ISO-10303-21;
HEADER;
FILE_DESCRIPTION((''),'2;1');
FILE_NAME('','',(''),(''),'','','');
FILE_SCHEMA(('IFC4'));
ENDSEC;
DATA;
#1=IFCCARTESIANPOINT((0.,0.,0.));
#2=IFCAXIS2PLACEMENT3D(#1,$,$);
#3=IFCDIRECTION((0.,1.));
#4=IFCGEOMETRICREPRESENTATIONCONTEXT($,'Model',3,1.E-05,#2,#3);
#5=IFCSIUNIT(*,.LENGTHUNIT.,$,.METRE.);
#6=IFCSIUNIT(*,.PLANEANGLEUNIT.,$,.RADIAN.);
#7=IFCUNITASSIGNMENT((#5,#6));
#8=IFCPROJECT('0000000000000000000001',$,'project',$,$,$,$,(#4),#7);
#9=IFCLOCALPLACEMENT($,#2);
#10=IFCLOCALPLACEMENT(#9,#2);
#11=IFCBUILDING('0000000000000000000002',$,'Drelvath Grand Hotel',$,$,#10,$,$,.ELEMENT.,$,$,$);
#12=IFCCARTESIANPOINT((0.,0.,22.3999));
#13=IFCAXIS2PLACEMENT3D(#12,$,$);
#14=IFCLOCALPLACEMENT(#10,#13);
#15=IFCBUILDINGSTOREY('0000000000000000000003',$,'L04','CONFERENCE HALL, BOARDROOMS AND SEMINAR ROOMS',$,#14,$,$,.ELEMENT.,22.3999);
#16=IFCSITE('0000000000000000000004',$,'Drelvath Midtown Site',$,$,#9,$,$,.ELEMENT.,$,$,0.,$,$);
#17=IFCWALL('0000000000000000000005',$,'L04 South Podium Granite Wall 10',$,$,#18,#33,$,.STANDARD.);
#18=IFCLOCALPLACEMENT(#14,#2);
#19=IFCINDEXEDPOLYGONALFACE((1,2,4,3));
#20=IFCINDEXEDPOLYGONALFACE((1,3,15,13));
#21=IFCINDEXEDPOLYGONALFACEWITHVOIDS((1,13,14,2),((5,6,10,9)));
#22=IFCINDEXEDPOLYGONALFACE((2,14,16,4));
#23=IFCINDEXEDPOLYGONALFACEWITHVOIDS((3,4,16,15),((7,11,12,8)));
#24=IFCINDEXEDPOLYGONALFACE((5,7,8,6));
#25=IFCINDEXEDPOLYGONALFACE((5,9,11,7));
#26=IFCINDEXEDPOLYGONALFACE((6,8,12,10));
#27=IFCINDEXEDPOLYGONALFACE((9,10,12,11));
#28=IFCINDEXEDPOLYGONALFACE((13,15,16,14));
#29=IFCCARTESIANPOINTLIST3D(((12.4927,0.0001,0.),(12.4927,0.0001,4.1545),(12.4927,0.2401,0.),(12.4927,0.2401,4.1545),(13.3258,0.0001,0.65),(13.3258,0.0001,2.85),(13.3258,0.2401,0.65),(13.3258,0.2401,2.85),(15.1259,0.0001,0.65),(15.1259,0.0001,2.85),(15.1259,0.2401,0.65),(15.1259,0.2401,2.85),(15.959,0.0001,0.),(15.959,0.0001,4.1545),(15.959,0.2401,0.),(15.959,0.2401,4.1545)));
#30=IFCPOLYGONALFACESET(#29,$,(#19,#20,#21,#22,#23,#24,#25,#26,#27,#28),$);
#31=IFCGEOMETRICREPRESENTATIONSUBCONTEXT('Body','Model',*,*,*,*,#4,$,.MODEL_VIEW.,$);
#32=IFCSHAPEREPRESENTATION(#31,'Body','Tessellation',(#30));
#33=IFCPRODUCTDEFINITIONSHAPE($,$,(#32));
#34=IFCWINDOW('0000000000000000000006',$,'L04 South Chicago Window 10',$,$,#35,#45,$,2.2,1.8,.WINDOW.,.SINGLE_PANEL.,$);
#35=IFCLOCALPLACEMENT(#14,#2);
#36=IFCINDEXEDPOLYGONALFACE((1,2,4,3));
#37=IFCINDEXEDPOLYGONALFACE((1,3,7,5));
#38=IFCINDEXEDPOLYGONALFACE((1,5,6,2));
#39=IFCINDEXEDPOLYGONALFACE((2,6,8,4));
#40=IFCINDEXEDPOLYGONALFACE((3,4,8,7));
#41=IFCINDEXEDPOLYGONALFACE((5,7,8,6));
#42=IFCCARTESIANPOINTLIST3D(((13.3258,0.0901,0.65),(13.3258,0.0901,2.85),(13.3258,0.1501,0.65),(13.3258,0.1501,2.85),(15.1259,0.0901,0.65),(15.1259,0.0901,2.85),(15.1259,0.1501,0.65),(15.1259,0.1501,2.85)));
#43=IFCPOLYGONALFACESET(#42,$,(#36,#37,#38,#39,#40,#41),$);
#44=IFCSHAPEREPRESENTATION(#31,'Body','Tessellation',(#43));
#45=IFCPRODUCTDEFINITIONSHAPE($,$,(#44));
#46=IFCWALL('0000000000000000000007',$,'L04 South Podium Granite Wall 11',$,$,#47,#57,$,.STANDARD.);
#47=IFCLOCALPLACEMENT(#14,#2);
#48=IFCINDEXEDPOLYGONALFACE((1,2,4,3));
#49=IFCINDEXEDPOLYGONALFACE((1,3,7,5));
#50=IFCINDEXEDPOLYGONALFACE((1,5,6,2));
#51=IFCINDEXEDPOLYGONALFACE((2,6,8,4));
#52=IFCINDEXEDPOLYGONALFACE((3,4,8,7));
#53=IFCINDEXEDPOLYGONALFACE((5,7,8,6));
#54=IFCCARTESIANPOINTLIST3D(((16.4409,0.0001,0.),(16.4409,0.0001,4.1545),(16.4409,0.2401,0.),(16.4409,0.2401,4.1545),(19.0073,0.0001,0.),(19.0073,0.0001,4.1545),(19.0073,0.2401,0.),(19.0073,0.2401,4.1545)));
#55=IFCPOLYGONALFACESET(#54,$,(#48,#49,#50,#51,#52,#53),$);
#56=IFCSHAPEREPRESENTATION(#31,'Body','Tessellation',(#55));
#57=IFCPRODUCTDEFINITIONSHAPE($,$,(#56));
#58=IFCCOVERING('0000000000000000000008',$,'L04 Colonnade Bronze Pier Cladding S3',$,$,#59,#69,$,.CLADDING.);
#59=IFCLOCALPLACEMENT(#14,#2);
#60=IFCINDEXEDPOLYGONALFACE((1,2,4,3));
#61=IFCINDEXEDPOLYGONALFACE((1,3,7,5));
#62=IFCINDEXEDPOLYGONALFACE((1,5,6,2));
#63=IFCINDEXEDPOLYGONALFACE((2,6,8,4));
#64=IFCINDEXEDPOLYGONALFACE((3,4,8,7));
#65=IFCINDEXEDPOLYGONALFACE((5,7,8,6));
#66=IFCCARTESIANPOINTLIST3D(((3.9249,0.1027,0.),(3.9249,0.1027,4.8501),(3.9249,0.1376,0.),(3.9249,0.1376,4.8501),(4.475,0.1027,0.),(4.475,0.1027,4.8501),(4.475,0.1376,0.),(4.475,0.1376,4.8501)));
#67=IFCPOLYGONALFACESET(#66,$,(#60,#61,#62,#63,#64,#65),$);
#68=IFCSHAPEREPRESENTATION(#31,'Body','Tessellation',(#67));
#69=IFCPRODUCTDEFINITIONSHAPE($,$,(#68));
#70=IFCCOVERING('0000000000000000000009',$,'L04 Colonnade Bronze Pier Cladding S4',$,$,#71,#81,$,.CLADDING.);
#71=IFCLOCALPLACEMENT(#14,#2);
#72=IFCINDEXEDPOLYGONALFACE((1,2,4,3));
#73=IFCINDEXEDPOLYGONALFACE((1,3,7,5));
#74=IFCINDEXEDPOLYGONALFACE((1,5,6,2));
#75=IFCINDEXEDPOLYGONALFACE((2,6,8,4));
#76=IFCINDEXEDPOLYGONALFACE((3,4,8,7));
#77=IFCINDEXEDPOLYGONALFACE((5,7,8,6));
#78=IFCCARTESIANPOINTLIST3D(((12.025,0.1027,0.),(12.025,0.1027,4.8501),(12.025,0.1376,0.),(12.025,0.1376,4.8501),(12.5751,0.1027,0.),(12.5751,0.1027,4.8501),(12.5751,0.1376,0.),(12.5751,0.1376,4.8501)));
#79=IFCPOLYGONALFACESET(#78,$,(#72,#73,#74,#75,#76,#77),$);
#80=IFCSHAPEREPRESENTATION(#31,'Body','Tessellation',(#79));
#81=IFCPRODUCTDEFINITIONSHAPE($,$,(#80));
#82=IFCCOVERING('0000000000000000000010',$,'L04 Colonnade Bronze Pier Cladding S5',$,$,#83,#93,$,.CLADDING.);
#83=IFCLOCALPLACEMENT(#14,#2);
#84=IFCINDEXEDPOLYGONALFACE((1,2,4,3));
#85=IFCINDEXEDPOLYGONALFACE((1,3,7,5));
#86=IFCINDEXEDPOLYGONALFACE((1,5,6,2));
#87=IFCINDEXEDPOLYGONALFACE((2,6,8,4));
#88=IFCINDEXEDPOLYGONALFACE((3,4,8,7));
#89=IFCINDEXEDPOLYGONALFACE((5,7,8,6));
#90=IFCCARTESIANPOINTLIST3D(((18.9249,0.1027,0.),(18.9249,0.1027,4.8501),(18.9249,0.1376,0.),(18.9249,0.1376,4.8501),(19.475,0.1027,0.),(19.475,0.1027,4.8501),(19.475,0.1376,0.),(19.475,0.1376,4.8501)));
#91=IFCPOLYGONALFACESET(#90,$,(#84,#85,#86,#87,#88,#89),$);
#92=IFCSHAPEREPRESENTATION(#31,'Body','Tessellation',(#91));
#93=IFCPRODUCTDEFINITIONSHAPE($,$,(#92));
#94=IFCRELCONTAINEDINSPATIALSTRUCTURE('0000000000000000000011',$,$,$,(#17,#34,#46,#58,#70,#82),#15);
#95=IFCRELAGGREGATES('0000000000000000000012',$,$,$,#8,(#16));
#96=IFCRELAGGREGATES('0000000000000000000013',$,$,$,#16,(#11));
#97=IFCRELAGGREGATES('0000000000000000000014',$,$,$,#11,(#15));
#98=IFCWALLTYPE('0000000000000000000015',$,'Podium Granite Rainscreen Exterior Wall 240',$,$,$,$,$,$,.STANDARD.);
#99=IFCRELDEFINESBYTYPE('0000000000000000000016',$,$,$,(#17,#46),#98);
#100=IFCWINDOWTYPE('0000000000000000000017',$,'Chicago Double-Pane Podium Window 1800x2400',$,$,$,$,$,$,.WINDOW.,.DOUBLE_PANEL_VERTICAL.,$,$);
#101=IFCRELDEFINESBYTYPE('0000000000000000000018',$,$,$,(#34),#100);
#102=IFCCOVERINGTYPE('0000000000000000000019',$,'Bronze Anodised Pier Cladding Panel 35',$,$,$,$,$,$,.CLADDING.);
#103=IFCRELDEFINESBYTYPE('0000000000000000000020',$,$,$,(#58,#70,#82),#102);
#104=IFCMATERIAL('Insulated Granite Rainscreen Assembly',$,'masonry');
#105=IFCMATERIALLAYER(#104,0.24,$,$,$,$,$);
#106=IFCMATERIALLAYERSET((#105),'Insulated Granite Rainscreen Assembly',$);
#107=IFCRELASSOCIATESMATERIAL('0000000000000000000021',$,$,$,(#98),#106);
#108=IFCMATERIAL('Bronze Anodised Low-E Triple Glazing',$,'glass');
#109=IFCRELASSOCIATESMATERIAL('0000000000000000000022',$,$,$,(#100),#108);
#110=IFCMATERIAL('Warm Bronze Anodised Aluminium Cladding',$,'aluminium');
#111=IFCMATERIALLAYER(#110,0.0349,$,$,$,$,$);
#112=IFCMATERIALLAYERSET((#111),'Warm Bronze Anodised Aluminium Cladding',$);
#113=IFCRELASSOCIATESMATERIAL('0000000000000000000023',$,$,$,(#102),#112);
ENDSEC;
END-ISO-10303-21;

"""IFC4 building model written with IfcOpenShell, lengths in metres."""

from ifc_helpers import new_model, si_unit, direction, frame, frame_2d, origin, origin_2d, place, context, subcontext, project, spatial, rectangle, extrude, material, layer, layer_set, type_object, element, fill, save


model = new_model("IFC4")

# Units and contexts
model_context = context("Model", 3, precision=1e-05, world=origin(), true_north=direction((0.0, 1.0)))
body_context = subcontext(model_context, "Body", "Model", "MODEL_VIEW")
ifc_project = project(units=[si_unit("LENGTHUNIT", "METRE"), si_unit("PLANEANGLEUNIT", "RADIAN")], contexts=[model_context])

# Site, building, storey
site_placement = place(None, origin())
site = spatial("IfcSite", under=ifc_project, at=site_placement, Name="Drelvath Midtown Site", CompositionType="ELEMENT", RefElevation=0.0)
building_placement = place(site_placement, origin())
building = spatial("IfcBuilding", under=site, at=building_placement, Name="Drelvath Grand Hotel", CompositionType="ELEMENT")
storey_placement = place(building_placement, frame((0.0, 0.0, 22.3999)))
storey = spatial("IfcBuildingStorey", under=building, at=storey_placement, Name="L04", Description="CONFERENCE HALL, BOARDROOMS AND SEMINAR ROOMS", CompositionType="ELEMENT", Elevation=22.3999)

# Wall, opening, window
ifc_material_1 = material(Name="Insulated Granite Rainscreen Assembly", Category="masonry")
ifc_layer_1 = layer(ifc_material_1, 0.24)
ifc_layer_set_1 = layer_set([ifc_layer_1], Name="Insulated Granite Rainscreen Assembly")
wall_type_1 = type_object("IfcWallType", Name="Podium Granite Rainscreen Exterior Wall 240", PredefinedType="STANDARD", material=ifc_layer_set_1)
ifc_material_2 = material(Name="Bronze Anodised Low-E Triple Glazing", Category="glass")
window_type = type_object("IfcWindowType", Name="Chicago Double-Pane Podium Window 1800x2400", PartitioningType="DOUBLE_PANEL_VERTICAL", PredefinedType="WINDOW", material=ifc_material_2)
wall_1_placement = place(storey_placement, frame((15.959, 0.1201, 0.0), z_axis=(0.0, 0.0, 1.0), x_axis=(-1.0, 0.0, 0.0)))
wall_1 = element("IfcWall", 1, at=wall_1_placement, inside=storey, type_object=wall_type_1, Name="L04 South Podium Granite Wall 10", PredefinedType="STANDARD", context=body_context, shape_type="SweptSolid", body=[
    extrude(rectangle(XDim=3.4663, YDim=0.24, at=frame_2d((1.7332, 0.0))), origin(), (0.0, 0.0, 1.0), 4.1545),
])
opening_1_placement = place(wall_1_placement, frame((0.8333, 0.0, 0.6499)))
opening_1 = element("IfcOpeningElement", 2, at=opening_1_placement, cuts=wall_1, PredefinedType="OPENING", context=body_context, shape_type="SweptSolid", body=[
    extrude(rectangle(XDim=1.8, YDim=2.2, at=frame_2d((0.8999, 1.1001))), frame((0.0, 0.1299, 0.0), z_axis=(0.0, -1.0, 0.0), x_axis=(1.0, 0.0, 0.0)), (0.0, 0.0, 1.0), 0.26),
])
window_1_placement = place(opening_1_placement, origin())
window_1 = element("IfcWindow", 3, at=window_1_placement, inside=storey, type_object=window_type, Name="L04 South Chicago Window 10", OverallHeight=2.2, OverallWidth=1.8, PartitioningType="SINGLE_PANEL", PredefinedType="WINDOW", context=body_context, shape_type="SweptSolid", body=[
    extrude(rectangle(XDim=1.8, YDim=2.2, at=frame_2d((0.8999, 1.1001))), frame((0.0, 0.03, 0.0), z_axis=(0.0, -1.0, 0.0), x_axis=(1.0, 0.0, 0.0)), (0.0, 0.0, 1.0), 0.0601),
])
fill(opening_1, window_1)

# Wall
wall_2_placement = place(storey_placement, frame((19.0073, 0.1201, 0.0), z_axis=(0.0, 0.0, 1.0), x_axis=(-1.0, 0.0, 0.0)))
element("IfcWall", 4, at=wall_2_placement, inside=storey, type_object=wall_type_1, Name="L04 South Podium Granite Wall 11", PredefinedType="STANDARD", context=body_context, shape_type="SweptSolid", body=[
    extrude(rectangle(XDim=2.5664, YDim=0.24, at=frame_2d((1.2832, 0.0))), origin(), (0.0, 0.0, 1.0), 4.1545),
])

# Coverings
ifc_material_3 = material(Name="Warm Bronze Anodised Aluminium Cladding", Category="aluminium")
ifc_layer_2 = layer(ifc_material_3, 0.0349)
ifc_layer_set_2 = layer_set([ifc_layer_2], Name="Warm Bronze Anodised Aluminium Cladding")
covering_type = type_object("IfcCoveringType", Name="Bronze Anodised Pier Cladding Panel 35", PredefinedType="CLADDING", material=ifc_layer_set_2)
for number, where, z_axis, x_axis, name in (
    (5, (4.2, 0.1201, 0.0), (0.0, 0.0, 1.0), (1.0, 0.0, 0.0), "L04 Colonnade Bronze Pier Cladding S3"),
    (6, (12.3, 0.1201, 0.0), (0.0, 0.0, 1.0), (1.0, 0.0, 0.0), "L04 Colonnade Bronze Pier Cladding S4"),
    (7, (19.2, 0.1201, 0.0), (0.0, 0.0, 1.0), (1.0, 0.0, 0.0), "L04 Colonnade Bronze Pier Cladding S5"),
):
    element("IfcCovering", number, at=place(storey_placement, frame(where, z_axis=z_axis, x_axis=x_axis)), inside=storey, type_object=covering_type, Name=name, PredefinedType="CLADDING", context=body_context, shape_type="SweptSolid", body=[
        extrude(rectangle(XDim=0.55, YDim=0.0349, at=origin_2d()), origin(), (0.0, 0.0, 1.0), 4.8501),
    ])

save(model, "model.ifc")
